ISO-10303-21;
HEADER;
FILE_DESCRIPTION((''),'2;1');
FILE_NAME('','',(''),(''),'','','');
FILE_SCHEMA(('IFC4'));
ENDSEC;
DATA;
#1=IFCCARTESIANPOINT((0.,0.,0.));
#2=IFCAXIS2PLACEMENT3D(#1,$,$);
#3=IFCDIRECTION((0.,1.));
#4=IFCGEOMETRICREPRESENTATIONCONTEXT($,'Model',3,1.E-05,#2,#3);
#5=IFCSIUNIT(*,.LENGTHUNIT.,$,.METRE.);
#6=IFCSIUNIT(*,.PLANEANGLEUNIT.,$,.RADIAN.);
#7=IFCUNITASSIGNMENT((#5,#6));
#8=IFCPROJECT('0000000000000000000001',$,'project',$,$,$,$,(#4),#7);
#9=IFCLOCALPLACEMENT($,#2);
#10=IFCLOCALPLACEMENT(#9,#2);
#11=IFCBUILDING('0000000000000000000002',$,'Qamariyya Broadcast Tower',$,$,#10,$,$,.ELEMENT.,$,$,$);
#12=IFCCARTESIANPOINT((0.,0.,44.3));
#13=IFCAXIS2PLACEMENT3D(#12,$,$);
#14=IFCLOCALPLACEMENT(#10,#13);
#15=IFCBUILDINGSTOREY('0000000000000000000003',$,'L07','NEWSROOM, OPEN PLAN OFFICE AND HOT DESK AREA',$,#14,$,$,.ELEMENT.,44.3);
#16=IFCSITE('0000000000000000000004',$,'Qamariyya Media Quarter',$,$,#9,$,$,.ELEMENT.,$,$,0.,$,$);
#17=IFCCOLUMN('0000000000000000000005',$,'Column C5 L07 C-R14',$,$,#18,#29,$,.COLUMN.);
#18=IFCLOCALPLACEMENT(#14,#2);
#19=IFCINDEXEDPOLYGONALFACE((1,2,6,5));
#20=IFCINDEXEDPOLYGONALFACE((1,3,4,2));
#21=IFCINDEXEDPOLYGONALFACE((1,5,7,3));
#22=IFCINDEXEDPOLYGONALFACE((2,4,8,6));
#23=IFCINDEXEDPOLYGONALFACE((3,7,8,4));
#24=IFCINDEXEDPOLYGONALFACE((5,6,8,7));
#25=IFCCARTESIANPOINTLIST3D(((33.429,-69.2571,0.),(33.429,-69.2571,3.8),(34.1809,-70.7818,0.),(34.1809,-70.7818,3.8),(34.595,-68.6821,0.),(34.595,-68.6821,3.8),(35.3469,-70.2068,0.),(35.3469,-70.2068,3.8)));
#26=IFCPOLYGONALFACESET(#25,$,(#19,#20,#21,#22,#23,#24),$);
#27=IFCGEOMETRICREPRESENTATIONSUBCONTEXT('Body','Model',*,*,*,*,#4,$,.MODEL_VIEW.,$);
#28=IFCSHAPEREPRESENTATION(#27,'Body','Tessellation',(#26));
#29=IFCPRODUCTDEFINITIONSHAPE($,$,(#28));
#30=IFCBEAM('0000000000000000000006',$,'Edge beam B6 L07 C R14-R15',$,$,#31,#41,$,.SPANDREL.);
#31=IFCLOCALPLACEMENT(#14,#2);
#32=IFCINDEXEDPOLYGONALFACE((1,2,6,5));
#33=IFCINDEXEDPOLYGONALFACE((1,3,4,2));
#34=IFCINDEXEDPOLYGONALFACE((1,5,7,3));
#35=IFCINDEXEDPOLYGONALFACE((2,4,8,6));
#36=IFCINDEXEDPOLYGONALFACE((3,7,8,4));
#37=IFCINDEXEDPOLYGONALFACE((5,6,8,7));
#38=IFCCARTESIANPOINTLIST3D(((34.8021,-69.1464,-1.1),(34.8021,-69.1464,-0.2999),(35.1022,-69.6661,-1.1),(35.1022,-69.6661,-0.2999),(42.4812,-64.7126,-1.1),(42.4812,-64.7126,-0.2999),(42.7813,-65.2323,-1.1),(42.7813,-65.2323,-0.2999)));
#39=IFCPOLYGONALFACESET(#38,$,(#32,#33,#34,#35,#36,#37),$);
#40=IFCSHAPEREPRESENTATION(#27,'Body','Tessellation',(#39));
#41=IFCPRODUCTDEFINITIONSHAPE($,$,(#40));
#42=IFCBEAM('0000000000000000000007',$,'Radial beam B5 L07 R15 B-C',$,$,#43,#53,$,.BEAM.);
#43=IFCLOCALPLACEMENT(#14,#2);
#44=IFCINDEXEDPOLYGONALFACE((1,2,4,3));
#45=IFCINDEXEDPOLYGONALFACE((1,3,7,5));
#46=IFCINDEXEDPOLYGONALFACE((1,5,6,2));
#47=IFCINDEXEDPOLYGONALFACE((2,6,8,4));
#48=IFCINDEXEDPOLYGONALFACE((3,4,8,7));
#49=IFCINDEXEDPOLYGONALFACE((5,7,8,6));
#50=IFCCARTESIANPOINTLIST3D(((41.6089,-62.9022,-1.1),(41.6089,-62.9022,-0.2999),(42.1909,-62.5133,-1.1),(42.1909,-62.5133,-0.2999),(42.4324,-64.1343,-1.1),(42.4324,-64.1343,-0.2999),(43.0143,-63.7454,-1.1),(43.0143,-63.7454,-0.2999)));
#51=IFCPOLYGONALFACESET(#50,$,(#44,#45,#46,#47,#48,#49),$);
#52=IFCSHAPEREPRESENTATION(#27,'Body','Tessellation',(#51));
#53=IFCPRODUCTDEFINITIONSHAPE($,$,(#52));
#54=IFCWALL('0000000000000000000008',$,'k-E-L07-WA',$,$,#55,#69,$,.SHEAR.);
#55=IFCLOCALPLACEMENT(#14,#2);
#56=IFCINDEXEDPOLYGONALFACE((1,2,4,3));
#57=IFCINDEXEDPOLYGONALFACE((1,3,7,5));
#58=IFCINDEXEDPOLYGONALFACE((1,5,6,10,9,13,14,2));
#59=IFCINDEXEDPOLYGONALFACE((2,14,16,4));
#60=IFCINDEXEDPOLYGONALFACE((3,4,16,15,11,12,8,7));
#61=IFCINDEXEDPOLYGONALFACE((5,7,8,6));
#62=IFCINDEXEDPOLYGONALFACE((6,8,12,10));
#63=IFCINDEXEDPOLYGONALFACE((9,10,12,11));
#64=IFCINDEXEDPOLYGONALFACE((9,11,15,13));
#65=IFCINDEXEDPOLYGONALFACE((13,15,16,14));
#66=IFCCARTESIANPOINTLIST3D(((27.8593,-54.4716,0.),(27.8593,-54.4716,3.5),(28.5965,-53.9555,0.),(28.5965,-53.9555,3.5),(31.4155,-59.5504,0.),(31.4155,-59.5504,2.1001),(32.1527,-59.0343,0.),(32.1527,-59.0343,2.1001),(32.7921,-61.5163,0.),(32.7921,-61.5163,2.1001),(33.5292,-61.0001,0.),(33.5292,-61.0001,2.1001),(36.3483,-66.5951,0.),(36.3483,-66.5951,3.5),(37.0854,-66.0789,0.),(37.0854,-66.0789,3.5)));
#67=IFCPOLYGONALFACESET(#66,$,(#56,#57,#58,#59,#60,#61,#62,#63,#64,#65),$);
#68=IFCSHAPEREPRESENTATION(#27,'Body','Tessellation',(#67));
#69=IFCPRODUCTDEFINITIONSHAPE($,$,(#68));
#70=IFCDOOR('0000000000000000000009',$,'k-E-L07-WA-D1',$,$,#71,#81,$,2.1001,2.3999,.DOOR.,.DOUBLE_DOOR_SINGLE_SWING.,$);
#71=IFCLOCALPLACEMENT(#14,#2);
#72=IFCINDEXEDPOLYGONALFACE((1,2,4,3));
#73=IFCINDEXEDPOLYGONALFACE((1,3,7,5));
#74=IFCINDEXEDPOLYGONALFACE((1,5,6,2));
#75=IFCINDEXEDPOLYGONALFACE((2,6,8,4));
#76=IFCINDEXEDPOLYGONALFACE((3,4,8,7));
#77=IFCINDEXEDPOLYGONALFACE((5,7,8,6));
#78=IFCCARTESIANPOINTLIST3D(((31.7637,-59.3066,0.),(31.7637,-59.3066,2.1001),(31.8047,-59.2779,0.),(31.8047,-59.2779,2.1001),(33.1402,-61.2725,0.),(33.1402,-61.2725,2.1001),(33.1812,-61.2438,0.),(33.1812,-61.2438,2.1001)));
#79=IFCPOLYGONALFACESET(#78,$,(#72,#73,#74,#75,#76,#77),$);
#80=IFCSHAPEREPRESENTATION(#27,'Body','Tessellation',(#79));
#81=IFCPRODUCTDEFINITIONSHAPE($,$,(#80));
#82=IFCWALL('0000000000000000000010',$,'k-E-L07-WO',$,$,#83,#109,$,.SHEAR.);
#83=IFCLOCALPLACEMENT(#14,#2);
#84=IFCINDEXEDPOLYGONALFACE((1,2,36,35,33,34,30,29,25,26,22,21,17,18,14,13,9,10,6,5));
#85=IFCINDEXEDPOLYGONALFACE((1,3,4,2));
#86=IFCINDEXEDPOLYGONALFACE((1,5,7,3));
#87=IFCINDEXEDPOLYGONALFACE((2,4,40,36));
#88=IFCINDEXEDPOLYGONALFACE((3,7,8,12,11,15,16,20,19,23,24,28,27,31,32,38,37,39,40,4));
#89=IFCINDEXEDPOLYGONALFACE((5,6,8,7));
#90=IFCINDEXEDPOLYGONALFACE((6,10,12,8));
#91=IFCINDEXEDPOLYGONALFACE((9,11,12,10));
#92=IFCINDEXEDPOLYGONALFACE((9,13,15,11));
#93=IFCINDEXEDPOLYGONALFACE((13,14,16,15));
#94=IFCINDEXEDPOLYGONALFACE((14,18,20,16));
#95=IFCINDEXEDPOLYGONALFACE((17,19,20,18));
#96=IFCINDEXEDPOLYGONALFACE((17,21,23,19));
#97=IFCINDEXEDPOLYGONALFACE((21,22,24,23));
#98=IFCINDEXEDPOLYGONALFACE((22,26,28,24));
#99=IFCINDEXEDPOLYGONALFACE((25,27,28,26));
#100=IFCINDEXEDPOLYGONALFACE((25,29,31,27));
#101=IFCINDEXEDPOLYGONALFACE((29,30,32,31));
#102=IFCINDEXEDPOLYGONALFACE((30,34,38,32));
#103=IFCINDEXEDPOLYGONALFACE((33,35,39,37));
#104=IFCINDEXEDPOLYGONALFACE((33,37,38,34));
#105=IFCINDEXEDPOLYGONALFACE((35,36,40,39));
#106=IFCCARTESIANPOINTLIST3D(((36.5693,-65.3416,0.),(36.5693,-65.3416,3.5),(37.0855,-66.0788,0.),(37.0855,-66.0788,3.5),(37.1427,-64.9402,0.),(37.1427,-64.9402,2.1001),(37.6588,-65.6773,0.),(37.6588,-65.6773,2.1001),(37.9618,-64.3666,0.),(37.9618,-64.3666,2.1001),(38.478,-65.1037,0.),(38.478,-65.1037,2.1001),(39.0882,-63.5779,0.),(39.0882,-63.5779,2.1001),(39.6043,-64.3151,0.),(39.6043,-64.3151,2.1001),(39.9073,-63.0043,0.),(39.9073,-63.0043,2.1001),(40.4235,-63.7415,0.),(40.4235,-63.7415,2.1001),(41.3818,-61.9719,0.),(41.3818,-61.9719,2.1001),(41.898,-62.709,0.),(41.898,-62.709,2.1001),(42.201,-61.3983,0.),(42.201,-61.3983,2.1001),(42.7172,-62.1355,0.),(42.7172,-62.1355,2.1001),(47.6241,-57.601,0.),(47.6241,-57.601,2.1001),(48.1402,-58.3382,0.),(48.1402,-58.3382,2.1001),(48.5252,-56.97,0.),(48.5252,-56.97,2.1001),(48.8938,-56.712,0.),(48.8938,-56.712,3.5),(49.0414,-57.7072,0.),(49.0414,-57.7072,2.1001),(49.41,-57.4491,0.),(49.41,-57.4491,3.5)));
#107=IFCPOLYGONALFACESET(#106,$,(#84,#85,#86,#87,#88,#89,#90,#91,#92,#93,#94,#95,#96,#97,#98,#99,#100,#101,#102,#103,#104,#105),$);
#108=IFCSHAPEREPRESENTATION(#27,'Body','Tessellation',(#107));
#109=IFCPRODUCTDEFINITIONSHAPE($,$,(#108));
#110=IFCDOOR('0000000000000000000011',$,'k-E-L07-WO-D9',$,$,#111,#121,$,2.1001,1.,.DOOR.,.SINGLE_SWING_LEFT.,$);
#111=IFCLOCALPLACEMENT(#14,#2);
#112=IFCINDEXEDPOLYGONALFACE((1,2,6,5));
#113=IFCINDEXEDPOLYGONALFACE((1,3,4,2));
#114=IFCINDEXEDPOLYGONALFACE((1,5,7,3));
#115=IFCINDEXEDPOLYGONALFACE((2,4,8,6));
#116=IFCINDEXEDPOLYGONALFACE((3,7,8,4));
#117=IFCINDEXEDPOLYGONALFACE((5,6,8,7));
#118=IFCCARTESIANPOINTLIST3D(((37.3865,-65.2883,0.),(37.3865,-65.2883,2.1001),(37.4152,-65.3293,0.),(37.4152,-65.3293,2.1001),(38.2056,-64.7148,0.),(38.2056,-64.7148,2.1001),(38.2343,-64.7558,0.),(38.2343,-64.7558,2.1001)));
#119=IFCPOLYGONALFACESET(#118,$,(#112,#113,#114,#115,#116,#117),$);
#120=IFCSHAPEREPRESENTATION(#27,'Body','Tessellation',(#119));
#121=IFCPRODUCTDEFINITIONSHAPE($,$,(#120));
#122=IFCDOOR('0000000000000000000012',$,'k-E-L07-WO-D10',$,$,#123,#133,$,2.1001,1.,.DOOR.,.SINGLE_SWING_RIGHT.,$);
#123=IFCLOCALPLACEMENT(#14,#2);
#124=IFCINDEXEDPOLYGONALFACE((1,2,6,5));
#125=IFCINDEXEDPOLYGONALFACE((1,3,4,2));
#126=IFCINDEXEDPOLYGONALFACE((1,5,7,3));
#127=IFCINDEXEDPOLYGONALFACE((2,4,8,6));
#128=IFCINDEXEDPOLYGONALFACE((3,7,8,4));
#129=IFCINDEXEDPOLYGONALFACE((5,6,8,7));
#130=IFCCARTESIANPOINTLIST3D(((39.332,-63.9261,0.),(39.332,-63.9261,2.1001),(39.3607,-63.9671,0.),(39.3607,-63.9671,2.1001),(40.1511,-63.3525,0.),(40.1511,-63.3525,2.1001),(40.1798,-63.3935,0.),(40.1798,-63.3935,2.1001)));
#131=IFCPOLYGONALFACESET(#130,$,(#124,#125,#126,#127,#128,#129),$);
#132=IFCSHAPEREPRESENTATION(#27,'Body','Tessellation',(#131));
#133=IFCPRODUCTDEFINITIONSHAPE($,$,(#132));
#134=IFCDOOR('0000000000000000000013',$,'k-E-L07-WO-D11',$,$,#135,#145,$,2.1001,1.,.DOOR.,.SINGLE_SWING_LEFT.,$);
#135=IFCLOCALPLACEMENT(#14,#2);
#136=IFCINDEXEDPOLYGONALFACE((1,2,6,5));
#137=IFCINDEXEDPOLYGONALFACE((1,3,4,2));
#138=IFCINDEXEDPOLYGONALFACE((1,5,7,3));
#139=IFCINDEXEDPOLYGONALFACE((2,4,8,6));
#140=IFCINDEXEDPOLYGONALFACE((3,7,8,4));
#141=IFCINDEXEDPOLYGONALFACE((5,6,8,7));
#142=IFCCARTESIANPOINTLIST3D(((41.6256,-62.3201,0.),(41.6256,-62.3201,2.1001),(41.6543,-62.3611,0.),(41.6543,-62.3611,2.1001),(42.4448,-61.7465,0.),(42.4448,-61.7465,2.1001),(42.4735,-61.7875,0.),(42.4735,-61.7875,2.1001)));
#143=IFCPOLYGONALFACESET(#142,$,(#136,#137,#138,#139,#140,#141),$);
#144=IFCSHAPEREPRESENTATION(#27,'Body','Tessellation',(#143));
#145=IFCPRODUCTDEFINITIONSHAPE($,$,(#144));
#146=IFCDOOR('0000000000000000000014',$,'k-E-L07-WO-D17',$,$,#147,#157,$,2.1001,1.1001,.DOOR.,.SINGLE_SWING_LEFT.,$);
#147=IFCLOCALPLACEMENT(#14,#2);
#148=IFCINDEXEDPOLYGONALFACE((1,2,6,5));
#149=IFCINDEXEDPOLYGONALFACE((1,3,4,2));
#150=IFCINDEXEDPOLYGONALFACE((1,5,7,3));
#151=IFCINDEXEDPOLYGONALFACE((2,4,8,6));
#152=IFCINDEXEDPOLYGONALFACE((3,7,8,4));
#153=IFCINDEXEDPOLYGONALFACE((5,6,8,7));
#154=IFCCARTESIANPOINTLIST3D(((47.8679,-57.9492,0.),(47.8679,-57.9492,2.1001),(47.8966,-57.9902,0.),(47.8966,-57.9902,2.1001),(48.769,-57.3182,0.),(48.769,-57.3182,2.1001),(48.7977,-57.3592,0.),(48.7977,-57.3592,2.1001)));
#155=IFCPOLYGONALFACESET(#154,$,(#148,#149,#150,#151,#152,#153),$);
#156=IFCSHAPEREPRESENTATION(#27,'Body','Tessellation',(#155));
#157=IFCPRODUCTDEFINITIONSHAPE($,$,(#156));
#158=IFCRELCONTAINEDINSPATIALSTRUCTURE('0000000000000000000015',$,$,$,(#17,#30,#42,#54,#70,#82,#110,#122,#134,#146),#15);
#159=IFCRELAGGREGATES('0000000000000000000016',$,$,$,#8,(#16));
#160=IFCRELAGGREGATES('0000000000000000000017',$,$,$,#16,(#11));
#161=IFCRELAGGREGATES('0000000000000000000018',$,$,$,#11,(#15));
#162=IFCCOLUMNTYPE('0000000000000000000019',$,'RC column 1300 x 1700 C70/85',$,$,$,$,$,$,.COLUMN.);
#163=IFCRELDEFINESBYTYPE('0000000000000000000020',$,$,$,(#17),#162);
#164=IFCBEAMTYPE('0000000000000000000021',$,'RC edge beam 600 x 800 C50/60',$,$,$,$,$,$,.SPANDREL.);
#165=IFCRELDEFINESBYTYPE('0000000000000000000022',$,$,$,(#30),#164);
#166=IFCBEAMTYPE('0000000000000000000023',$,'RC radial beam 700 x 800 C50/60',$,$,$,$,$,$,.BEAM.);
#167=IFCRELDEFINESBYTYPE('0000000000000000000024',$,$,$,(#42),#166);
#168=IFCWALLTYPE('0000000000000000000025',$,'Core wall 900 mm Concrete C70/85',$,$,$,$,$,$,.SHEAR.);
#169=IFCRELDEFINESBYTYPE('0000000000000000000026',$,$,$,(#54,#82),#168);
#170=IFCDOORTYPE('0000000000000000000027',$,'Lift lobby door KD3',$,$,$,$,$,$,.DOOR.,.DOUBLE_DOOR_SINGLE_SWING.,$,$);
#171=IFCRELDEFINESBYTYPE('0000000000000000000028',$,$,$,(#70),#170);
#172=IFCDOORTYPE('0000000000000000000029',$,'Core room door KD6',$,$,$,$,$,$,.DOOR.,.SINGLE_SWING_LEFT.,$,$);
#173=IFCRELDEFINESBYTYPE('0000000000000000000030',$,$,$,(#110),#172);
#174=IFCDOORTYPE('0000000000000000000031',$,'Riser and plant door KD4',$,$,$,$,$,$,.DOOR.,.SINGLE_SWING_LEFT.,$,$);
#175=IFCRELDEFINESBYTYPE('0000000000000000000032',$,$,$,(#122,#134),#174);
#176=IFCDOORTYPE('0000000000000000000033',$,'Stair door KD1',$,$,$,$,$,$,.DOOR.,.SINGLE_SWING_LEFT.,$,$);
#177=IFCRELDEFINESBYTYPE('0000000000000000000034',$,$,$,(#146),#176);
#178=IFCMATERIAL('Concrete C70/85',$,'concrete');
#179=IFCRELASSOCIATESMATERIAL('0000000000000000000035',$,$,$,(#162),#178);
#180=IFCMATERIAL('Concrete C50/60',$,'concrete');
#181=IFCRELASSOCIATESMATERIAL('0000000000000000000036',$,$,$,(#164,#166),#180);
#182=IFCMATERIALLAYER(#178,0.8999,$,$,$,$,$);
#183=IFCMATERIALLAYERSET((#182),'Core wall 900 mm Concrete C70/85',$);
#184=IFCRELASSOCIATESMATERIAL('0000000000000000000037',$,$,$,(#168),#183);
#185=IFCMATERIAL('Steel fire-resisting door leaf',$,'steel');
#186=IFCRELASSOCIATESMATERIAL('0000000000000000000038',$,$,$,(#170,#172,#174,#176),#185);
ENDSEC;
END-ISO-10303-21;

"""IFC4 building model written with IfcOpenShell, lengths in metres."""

from ifc_helpers import new_model, si_unit, direction, frame, frame_2d, origin, origin_2d, place, context, subcontext, project, spatial, rectangle, extrude, material, layer, layer_set, material_profile, profile_set, type_object, element, fill, save


model = new_model("IFC4")

# Units and contexts
model_context = context("Model", 3, precision=1e-05, world=origin(), true_north=direction((0.0, 1.0)))
body_context = subcontext(model_context, "Body", "Model", "MODEL_VIEW")
ifc_project = project(units=[si_unit("LENGTHUNIT", "METRE"), si_unit("PLANEANGLEUNIT", "RADIAN")], contexts=[model_context])

# Site, building, storey
site_placement = place(None, origin())
site = spatial("IfcSite", under=ifc_project, at=site_placement, Name="Qamariyya Media Quarter", CompositionType="ELEMENT", RefElevation=0.0)
building_placement = place(site_placement, origin())
building = spatial("IfcBuilding", under=site, at=building_placement, Name="Qamariyya Broadcast Tower", CompositionType="ELEMENT")
storey_placement = place(building_placement, frame((0.0, 0.0, 44.3)))
storey = spatial("IfcBuildingStorey", under=building, at=storey_placement, Name="L07", Description="NEWSROOM, OPEN PLAN OFFICE AND HOT DESK AREA", CompositionType="ELEMENT", Elevation=44.3)

# Column
ifc_material_1 = material(Name="Concrete C70/85", Category="concrete")
ifc_material_profile_1 = material_profile(ifc_material_1, rectangle(XDim=1.3, YDim=1.7, at=origin_2d()))
ifc_profile_set_1 = profile_set([ifc_material_profile_1], Name="Concrete C70/85")
column_type = type_object("IfcColumnType", Name="RC column 1300 x 1700 C70/85", PredefinedType="COLUMN", material=ifc_profile_set_1)
column_placement = place(storey_placement, frame((34.3879, -69.7319, 0.0), z_axis=(0.0, 0.0, 1.0), x_axis=(0.896873, 0.442289, 0.0)))
element("IfcColumn", 1, at=column_placement, inside=storey, type_object=column_type, Name="Column C5 L07 C-R14", PredefinedType="COLUMN", context=body_context, shape_type="SweptSolid", body=[
    extrude(rectangle(XDim=1.3, YDim=1.7, at=origin_2d()), origin(), (0.0, 0.0, 1.0), 3.8),
])

# Beams
ifc_material_2 = material(Name="Concrete C50/60", Category="concrete")
ifc_material_profile_2 = material_profile(ifc_material_2, rectangle(XDim=0.6001, YDim=0.8, at=origin_2d()))
ifc_profile_set_2 = profile_set([ifc_material_profile_2], Name="Concrete C50/60")
beam_type_1 = type_object("IfcBeamType", Name="RC edge beam 600 x 800 C50/60", PredefinedType="SPANDREL", material=ifc_profile_set_2)
beam_1_placement = place(storey_placement, frame((34.9521, -69.4062, -0.7), z_axis=(0.866013, 0.500021, 0.0), x_axis=(-0.500021, 0.866013, 0.0)))
element("IfcBeam", 2, at=beam_1_placement, inside=storey, type_object=beam_type_1, Name="Edge beam B6 L07 C R14-R15", PredefinedType="SPANDREL", context=body_context, shape_type="SweptSolid", body=[
    extrude(rectangle(XDim=0.6001, YDim=0.8, at=origin_2d()), origin(), (0.0, 0.0, 1.0), 8.8672),
])
ifc_material_profile_3 = material_profile(ifc_material_2, rectangle(XDim=0.7, YDim=0.8, at=origin_2d()))
ifc_profile_set_3 = profile_set([ifc_material_profile_3], Name="Concrete C50/60")
beam_type_2 = type_object("IfcBeamType", Name="RC radial beam 700 x 800 C50/60", PredefinedType="BEAM", material=ifc_profile_set_3)
beam_2_placement = place(storey_placement, frame((41.8999, -62.7078, -0.7), z_axis=(0.55565, -0.831416, 0.0), x_axis=(0.831416, 0.55565, 0.0)))
element("IfcBeam", 3, at=beam_2_placement, inside=storey, type_object=beam_type_2, Name="Radial beam B5 L07 R15 B-C", PredefinedType="BEAM", context=body_context, shape_type="SweptSolid", body=[
    extrude(rectangle(XDim=0.7, YDim=0.8, at=origin_2d()), origin(), (0.0, 0.0, 1.0), 1.4819),
])

# Wall, opening, door
ifc_layer_1 = layer(ifc_material_1, 0.8999)
ifc_layer_set_1 = layer_set([ifc_layer_1], Name="Core wall 900 mm Concrete C70/85")
wall_type_1 = type_object("IfcWallType", Name="Core wall 900 mm Concrete C70/85", PredefinedType="SHEAR", material=ifc_layer_set_1)
wall_1_placement = place(storey_placement, frame((36.7168, -66.3369, 0.0), z_axis=(0.0, 0.0, 1.0), x_axis=(-0.573577, 0.819151, 0.0)))
wall_1 = element("IfcWall", 4, at=wall_1_placement, inside=storey, type_object=wall_type_1, Name="k-E-L07-WA", PredefinedType="SHEAR", context=body_context, shape_type="SweptSolid", body=[
    extrude(rectangle(XDim=14.8, YDim=0.8999, at=frame_2d((7.3999, 0.0))), origin(), (0.0, 0.0, 1.0), 3.5),
])
opening_1_placement = place(wall_1_placement, frame((6.2, 0.0, 0.0)))
opening_1 = element("IfcOpeningElement", 5, at=opening_1_placement, cuts=wall_1, PredefinedType="OPENING", context=body_context, shape_type="SweptSolid", body=[
    extrude(rectangle(XDim=2.3999, YDim=2.1001, at=frame_2d((1.2, 1.05))), frame((0.0, 0.46, 0.0), z_axis=(0.0, -1.0, 0.0), x_axis=(1.0, 0.0, 0.0)), (0.0, 0.0, 1.0), 0.9199),
])
ifc_material_3 = material(Name="Steel fire-resisting door leaf", Category="steel")
door_type_1 = type_object("IfcDoorType", Name="Lift lobby door KD3", OperationType="DOUBLE_DOOR_SINGLE_SWING", PredefinedType="DOOR", material=ifc_material_3)
door_1_placement = place(opening_1_placement, origin())
door_1 = element("IfcDoor", 6, at=door_1_placement, inside=storey, type_object=door_type_1, Name="k-E-L07-WA-D1", OperationType="DOUBLE_DOOR_SINGLE_SWING", OverallHeight=2.1001, OverallWidth=2.3999, PredefinedType="DOOR", context=body_context, shape_type="SweptSolid", body=[
    extrude(rectangle(XDim=2.3999, YDim=2.1001, at=frame_2d((1.2, 1.05))), frame((0.0, 0.0249, 0.0), z_axis=(0.0, -1.0, 0.0), x_axis=(1.0, 0.0, 0.0)), (0.0, 0.0, 1.0), 0.05),
])
fill(opening_1, door_1)

# Wall, openings, doors
wall_2_placement = place(storey_placement, frame((36.8274, -65.7102, 0.0), z_axis=(0.0, 0.0, 1.0), x_axis=(0.819153, 0.573575, 0.0)))
wall_2 = element("IfcWall", 7, at=wall_2_placement, inside=storey, type_object=wall_type_1, Name="k-E-L07-WO", PredefinedType="SHEAR", context=body_context, shape_type="SweptSolid", body=[
    extrude(rectangle(XDim=15.0454, YDim=0.8999, at=frame_2d((7.5227, 0.0))), origin(), (0.0, 0.0, 1.0), 3.5),
])
opening_2_placement = place(wall_2_placement, frame((0.7, 0.0, 0.0)))
opening_2 = element("IfcOpeningElement", 8, at=opening_2_placement, cuts=wall_2, PredefinedType="OPENING", context=body_context, shape_type="SweptSolid", body=[
    extrude(rectangle(XDim=1.0, YDim=2.1001, at=frame_2d((0.5, 1.05))), frame((0.0, 0.46, 0.0), z_axis=(0.0, -1.0, 0.0), x_axis=(1.0, 0.0, 0.0)), (0.0, 0.0, 1.0), 0.9199),
])
opening_3_placement = place(wall_2_placement, frame((3.075, 0.0, 0.0)))
opening_3 = element("IfcOpeningElement", 9, at=opening_3_placement, cuts=wall_2, PredefinedType="OPENING", context=body_context, shape_type="SweptSolid", body=[
    extrude(rectangle(XDim=1.0, YDim=2.1001, at=frame_2d((0.5, 1.05))), frame((0.0, 0.46, 0.0), z_axis=(0.0, -1.0, 0.0), x_axis=(1.0, 0.0, 0.0)), (0.0, 0.0, 1.0), 0.9199),
])
opening_4_placement = place(wall_2_placement, frame((5.875, 0.0, 0.0)))
opening_4 = element("IfcOpeningElement", 10, at=opening_4_placement, cuts=wall_2, PredefinedType="OPENING", context=body_context, shape_type="SweptSolid", body=[
    extrude(rectangle(XDim=1.0, YDim=2.1001, at=frame_2d((0.5, 1.05))), frame((0.0, 0.46, 0.0), z_axis=(0.0, -1.0, 0.0), x_axis=(1.0, 0.0, 0.0)), (0.0, 0.0, 1.0), 0.9199),
])
opening_5_placement = place(wall_2_placement, frame((13.4954, 0.0, 0.0)))
opening_5 = element("IfcOpeningElement", 11, at=opening_5_placement, cuts=wall_2, PredefinedType="OPENING", context=body_context, shape_type="SweptSolid", body=[
    extrude(rectangle(XDim=1.1001, YDim=2.1001, at=frame_2d((0.55, 1.05))), frame((0.0, 0.46, 0.0), z_axis=(0.0, -1.0, 0.0), x_axis=(1.0, 0.0, 0.0)), (0.0, 0.0, 1.0), 0.9199),
])
door_type_2 = type_object("IfcDoorType", Name="Core room door KD6", OperationType="SINGLE_SWING_LEFT", PredefinedType="DOOR", material=ifc_material_3)
door_2_placement = place(opening_2_placement, origin())
door_2 = element("IfcDoor", 12, at=door_2_placement, inside=storey, type_object=door_type_2, Name="k-E-L07-WO-D9", OperationType="SINGLE_SWING_LEFT", OverallHeight=2.1001, OverallWidth=1.0, PredefinedType="DOOR", context=body_context, shape_type="SweptSolid", body=[
    extrude(rectangle(XDim=1.0, YDim=2.1001, at=frame_2d((0.5, 1.05))), frame((0.0, 0.0249, 0.0), z_axis=(0.0, -1.0, 0.0), x_axis=(1.0, 0.0, 0.0)), (0.0, 0.0, 1.0), 0.05),
])
fill(opening_2, door_2)
door_type_3 = type_object("IfcDoorType", Name="Riser and plant door KD4", OperationType="SINGLE_SWING_LEFT", PredefinedType="DOOR", material=ifc_material_3)
door_3_placement = place(opening_3_placement, origin())
door_3 = element("IfcDoor", 13, at=door_3_placement, inside=storey, type_object=door_type_3, Name="k-E-L07-WO-D10", OperationType="SINGLE_SWING_RIGHT", OverallHeight=2.1001, OverallWidth=1.0, PredefinedType="DOOR", context=body_context, shape_type="SweptSolid", body=[
    extrude(rectangle(XDim=1.0, YDim=2.1001, at=frame_2d((0.5, 1.05))), frame((0.0, 0.0249, 0.0), z_axis=(0.0, -1.0, 0.0), x_axis=(1.0, 0.0, 0.0)), (0.0, 0.0, 1.0), 0.05),
])
fill(opening_3, door_3)
door_4_placement = place(opening_4_placement, origin())
door_4 = element("IfcDoor", 14, at=door_4_placement, inside=storey, type_object=door_type_3, Name="k-E-L07-WO-D11", OperationType="SINGLE_SWING_LEFT", OverallHeight=2.1001, OverallWidth=1.0, PredefinedType="DOOR", context=body_context, shape_type="SweptSolid", body=[
    extrude(rectangle(XDim=1.0, YDim=2.1001, at=frame_2d((0.5, 1.05))), frame((0.0, 0.0249, 0.0), z_axis=(0.0, -1.0, 0.0), x_axis=(1.0, 0.0, 0.0)), (0.0, 0.0, 1.0), 0.05),
])
fill(opening_4, door_4)
door_type_4 = type_object("IfcDoorType", Name="Stair door KD1", OperationType="SINGLE_SWING_LEFT", PredefinedType="DOOR", material=ifc_material_3)
door_5_placement = place(opening_5_placement, origin())
door_5 = element("IfcDoor", 15, at=door_5_placement, inside=storey, type_object=door_type_4, Name="k-E-L07-WO-D17", OperationType="SINGLE_SWING_LEFT", OverallHeight=2.1001, OverallWidth=1.1001, PredefinedType="DOOR", context=body_context, shape_type="SweptSolid", body=[
    extrude(rectangle(XDim=1.1001, YDim=2.1001, at=frame_2d((0.55, 1.05))), frame((0.0, 0.0249, 0.0), z_axis=(0.0, -1.0, 0.0), x_axis=(1.0, 0.0, 0.0)), (0.0, 0.0, 1.0), 0.05),
])
fill(opening_5, door_5)

save(model, "model.ifc")
